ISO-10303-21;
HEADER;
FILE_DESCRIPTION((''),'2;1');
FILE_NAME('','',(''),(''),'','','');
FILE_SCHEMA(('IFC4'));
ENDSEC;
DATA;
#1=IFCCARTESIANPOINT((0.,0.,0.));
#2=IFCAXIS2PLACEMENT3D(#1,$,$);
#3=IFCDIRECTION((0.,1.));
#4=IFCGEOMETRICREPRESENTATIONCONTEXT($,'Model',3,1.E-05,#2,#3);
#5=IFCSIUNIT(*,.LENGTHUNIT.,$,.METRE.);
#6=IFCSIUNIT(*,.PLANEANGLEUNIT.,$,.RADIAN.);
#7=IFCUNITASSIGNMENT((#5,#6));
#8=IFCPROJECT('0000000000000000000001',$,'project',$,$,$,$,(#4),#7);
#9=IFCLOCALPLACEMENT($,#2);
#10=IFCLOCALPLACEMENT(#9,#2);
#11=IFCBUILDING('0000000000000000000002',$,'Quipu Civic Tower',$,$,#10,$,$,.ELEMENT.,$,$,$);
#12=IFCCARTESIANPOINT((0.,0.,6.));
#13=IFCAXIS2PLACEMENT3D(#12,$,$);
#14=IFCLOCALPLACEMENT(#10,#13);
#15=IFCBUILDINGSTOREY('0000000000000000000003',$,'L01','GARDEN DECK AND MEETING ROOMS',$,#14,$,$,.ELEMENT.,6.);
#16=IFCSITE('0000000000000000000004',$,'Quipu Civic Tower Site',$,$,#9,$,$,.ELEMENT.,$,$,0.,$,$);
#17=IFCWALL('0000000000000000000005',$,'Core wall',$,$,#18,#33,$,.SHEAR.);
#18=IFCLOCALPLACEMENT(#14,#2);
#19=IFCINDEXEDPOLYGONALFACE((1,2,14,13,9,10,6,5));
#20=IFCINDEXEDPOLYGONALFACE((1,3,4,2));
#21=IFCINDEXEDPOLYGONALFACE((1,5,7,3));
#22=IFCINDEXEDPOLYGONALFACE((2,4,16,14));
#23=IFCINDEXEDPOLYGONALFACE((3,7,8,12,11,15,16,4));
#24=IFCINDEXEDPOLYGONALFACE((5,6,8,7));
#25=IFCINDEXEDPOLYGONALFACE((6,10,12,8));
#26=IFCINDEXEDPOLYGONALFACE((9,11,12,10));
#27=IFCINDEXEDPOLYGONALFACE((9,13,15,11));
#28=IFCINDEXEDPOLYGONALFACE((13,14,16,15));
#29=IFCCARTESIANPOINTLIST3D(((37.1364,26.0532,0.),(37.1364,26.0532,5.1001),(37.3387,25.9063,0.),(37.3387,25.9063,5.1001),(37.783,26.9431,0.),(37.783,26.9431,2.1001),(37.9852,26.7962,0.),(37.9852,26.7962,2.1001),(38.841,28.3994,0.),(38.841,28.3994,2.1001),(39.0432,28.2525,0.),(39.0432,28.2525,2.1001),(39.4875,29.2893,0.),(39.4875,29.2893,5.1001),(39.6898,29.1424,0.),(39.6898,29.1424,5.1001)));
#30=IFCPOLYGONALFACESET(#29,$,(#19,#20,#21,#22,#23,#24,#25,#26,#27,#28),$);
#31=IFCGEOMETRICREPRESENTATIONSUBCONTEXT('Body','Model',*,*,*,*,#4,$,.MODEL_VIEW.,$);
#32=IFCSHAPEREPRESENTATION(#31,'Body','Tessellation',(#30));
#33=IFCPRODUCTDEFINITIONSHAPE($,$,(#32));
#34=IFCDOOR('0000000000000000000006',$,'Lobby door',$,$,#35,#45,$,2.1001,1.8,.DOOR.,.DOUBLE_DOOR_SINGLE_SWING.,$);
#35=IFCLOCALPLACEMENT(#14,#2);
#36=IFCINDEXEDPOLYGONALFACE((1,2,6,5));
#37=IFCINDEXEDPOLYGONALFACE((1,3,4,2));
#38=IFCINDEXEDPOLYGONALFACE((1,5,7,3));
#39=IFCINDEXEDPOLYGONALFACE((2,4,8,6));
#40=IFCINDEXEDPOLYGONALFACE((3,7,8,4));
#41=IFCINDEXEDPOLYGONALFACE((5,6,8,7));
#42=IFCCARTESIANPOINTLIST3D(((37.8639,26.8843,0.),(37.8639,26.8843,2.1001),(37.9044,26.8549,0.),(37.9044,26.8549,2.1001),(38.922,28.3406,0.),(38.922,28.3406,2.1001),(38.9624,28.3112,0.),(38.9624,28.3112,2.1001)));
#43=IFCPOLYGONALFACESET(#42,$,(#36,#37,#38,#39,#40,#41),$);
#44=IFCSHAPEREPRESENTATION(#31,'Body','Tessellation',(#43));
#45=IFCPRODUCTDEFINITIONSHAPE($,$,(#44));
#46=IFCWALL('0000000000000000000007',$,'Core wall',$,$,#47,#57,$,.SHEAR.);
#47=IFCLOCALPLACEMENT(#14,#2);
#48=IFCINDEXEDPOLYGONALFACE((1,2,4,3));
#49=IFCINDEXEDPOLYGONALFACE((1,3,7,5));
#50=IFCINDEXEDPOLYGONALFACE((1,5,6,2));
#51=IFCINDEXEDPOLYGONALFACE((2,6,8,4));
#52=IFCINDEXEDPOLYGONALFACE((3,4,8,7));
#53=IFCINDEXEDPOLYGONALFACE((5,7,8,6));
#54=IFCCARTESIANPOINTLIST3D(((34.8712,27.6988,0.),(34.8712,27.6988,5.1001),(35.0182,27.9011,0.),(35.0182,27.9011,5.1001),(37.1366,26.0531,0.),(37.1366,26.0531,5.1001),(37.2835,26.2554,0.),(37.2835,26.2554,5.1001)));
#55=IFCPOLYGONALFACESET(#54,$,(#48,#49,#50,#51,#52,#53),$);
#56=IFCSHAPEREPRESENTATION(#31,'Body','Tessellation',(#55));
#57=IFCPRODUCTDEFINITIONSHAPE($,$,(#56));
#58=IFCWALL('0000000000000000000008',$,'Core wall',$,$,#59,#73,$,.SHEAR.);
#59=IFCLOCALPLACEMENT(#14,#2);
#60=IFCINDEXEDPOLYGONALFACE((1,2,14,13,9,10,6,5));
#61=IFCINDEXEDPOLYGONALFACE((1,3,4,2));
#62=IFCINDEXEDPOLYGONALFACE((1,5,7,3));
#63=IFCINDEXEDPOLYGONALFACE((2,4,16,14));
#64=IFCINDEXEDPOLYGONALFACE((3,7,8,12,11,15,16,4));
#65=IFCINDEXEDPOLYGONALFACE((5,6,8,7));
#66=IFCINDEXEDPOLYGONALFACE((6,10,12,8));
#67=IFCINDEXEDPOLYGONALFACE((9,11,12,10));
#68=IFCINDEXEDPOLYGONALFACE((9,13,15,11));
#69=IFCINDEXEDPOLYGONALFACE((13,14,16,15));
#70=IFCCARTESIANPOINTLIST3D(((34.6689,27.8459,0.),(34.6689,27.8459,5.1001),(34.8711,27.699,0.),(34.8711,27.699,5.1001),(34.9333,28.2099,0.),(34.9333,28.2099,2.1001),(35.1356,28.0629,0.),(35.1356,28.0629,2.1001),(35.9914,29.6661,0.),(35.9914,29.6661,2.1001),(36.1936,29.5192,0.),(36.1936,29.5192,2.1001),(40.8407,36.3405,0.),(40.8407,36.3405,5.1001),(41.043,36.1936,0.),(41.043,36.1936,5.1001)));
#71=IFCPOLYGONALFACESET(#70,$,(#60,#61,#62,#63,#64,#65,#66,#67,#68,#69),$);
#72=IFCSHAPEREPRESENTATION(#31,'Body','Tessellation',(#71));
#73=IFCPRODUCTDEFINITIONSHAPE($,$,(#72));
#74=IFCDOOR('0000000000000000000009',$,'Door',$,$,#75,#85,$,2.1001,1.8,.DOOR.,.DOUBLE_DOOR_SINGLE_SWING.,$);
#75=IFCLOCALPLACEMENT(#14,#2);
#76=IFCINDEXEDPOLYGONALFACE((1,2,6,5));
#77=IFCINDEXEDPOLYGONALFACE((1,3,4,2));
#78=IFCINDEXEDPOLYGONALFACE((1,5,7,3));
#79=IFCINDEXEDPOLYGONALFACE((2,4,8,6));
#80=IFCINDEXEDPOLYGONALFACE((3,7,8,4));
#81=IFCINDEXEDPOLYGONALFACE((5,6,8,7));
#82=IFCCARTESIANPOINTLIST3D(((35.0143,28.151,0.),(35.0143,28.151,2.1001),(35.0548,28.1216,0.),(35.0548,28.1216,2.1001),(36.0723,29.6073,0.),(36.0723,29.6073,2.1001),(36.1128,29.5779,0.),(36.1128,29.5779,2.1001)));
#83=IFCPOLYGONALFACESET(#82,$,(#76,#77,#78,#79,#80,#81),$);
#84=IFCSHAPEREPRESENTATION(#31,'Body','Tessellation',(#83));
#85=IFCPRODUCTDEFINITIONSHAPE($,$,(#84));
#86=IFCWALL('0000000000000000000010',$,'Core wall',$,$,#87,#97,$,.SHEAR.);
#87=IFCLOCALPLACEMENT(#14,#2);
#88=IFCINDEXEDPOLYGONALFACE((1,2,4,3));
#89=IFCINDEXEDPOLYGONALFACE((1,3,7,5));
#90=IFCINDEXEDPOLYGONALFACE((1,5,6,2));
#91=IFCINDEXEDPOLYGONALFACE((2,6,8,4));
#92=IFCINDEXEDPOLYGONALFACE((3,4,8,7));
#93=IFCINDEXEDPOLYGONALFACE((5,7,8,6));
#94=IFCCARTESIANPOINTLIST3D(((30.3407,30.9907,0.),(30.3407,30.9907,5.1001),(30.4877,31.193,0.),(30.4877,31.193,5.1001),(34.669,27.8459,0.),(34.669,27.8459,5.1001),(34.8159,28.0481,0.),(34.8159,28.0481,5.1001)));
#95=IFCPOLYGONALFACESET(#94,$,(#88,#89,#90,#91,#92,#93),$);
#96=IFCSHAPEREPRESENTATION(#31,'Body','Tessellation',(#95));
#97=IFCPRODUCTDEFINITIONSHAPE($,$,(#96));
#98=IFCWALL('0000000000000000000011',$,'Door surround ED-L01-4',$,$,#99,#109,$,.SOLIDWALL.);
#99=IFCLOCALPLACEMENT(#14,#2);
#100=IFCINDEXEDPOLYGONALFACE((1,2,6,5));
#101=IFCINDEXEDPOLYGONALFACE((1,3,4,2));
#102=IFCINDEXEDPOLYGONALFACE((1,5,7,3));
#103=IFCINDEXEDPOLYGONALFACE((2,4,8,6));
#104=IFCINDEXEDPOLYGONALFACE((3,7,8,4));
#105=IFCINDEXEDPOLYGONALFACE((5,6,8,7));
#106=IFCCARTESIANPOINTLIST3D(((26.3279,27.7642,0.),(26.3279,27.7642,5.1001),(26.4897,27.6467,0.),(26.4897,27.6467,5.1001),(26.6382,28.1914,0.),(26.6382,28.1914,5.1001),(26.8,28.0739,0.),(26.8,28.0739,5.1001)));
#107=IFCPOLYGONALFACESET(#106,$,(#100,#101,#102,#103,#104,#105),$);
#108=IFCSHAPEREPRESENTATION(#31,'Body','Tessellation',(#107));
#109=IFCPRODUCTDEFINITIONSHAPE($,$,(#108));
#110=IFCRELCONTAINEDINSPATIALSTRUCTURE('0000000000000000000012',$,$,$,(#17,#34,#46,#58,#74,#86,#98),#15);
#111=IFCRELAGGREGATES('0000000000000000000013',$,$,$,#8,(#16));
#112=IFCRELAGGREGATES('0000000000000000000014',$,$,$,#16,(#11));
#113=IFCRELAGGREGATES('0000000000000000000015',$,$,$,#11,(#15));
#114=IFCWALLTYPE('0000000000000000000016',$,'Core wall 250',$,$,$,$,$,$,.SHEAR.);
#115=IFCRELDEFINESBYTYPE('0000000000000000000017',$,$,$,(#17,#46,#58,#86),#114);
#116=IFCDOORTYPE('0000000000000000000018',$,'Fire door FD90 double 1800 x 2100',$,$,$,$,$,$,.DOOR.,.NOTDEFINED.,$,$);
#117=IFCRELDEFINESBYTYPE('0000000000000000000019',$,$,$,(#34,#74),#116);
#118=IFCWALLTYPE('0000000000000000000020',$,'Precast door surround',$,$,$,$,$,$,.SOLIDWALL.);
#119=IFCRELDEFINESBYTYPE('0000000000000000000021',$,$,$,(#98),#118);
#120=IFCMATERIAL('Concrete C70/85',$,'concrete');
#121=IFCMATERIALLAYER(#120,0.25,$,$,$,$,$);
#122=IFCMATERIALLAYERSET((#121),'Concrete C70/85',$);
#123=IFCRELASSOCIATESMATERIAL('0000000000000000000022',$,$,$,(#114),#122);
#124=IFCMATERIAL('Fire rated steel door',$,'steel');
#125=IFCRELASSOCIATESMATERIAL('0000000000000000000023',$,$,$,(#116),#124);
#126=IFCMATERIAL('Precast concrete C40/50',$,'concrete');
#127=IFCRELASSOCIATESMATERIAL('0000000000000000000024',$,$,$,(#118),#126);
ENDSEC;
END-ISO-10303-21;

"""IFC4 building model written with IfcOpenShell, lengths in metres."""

from ifc_helpers import new_model, si_unit, direction, frame, frame_2d, origin, place, context, subcontext, project, spatial, rectangle, extrude, material, layer, layer_set, type_object, element, fill, save


model = new_model("IFC4")

# Units and contexts
model_context = context("Model", 3, precision=1e-05, world=origin(), true_north=direction((0.0, 1.0)))
body_context = subcontext(model_context, "Body", "Model", "MODEL_VIEW")
ifc_project = project(units=[si_unit("LENGTHUNIT", "METRE"), si_unit("PLANEANGLEUNIT", "RADIAN")], contexts=[model_context])

# Site, building, storey
site_placement = place(None, origin())
site = spatial("IfcSite", under=ifc_project, at=site_placement, Name="Quipu Civic Tower Site", CompositionType="ELEMENT", RefElevation=0.0)
building_placement = place(site_placement, origin())
building = spatial("IfcBuilding", under=site, at=building_placement, Name="Quipu Civic Tower", CompositionType="ELEMENT")
storey_placement = place(building_placement, frame((0.0, 0.0, 6.0)))
storey = spatial("IfcBuildingStorey", under=building, at=storey_placement, Name="L01", Description="GARDEN DECK AND MEETING ROOMS", CompositionType="ELEMENT", Elevation=6.0)

# Wall, opening, door
ifc_material_1 = material(Name="Concrete C70/85", Category="concrete")
ifc_layer_1 = layer(ifc_material_1, 0.25)
ifc_layer_set_1 = layer_set([ifc_layer_1], Name="Concrete C70/85")
wall_type_1 = type_object("IfcWallType", Name="Core wall 250", PredefinedType="SHEAR", material=ifc_layer_set_1)
wall_1_placement = place(storey_placement, frame((37.2375, 25.9797, 0.0), z_axis=(0.0, 0.0, 1.0), x_axis=(0.587772, 0.809026, 0.0)))
wall_1 = element("IfcWall", 1, at=wall_1_placement, inside=storey, type_object=wall_type_1, Name="Core wall", PredefinedType="SHEAR", context=body_context, shape_type="SweptSolid", body=[
    extrude(rectangle(XDim=4.0, YDim=0.25, at=frame_2d((2.0, 0.0))), origin(), (0.0, 0.0, 1.0), 5.1001),
])
opening_1_placement = place(wall_1_placement, frame((1.1001, 0.0, 0.0)))
opening_1 = element("IfcOpeningElement", 2, at=opening_1_placement, cuts=wall_1, PredefinedType="OPENING", context=body_context, shape_type="SweptSolid", body=[
    extrude(rectangle(XDim=1.8, YDim=2.1001, at=frame_2d((0.8999, 1.05))), frame((0.0, 0.135, 0.0), z_axis=(0.0, -1.0, 0.0), x_axis=(1.0, 0.0, 0.0)), (0.0, 0.0, 1.0), 0.27),
])
ifc_material_2 = material(Name="Fire rated steel door", Category="steel")
door_type_1 = type_object("IfcDoorType", Name="Fire door FD90 double 1800 x 2100", OperationType="NOTDEFINED", PredefinedType="DOOR", material=ifc_material_2)
door_1_placement = place(opening_1_placement, origin())
door_1 = element("IfcDoor", 3, at=door_1_placement, inside=storey, type_object=door_type_1, Name="Lobby door", OperationType="DOUBLE_DOOR_SINGLE_SWING", OverallHeight=2.1001, OverallWidth=1.8, PredefinedType="DOOR", context=body_context, shape_type="SweptSolid", body=[
    extrude(rectangle(XDim=1.8, YDim=2.1001, at=frame_2d((0.8999, 1.05))), frame((0.0, 0.0249, 0.0), z_axis=(0.0, -1.0, 0.0), x_axis=(1.0, 0.0, 0.0)), (0.0, 0.0, 1.0), 0.05),
])
fill(opening_1, door_1)

# Wall
wall_2_placement = place(storey_placement, frame((37.21, 26.1543, 0.0), z_axis=(0.0, 0.0, 1.0), x_axis=(-0.809041, 0.587752, 0.0)))
element("IfcWall", 4, at=wall_2_placement, inside=storey, type_object=wall_type_1, Name="Core wall", PredefinedType="SHEAR", context=body_context, shape_type="SweptSolid", body=[
    extrude(rectangle(XDim=2.8, YDim=0.25, at=frame_2d((1.3999, 0.0))), origin(), (0.0, 0.0, 1.0), 5.1001),
])

# Wall, opening, door
wall_3_placement = place(storey_placement, frame((34.77, 27.7725, 0.0), z_axis=(0.0, 0.0, 1.0), x_axis=(0.587796, 0.809009, 0.0)))
wall_3 = element("IfcWall", 5, at=wall_3_placement, inside=storey, type_object=wall_type_1, Name="Core wall", PredefinedType="SHEAR", context=body_context, shape_type="SweptSolid", body=[
    extrude(rectangle(XDim=10.5, YDim=0.25, at=frame_2d((5.25, 0.0))), origin(), (0.0, 0.0, 1.0), 5.1001),
])
opening_2_placement = place(wall_3_placement, frame((0.45, 0.0, 0.0)))
opening_2 = element("IfcOpeningElement", 6, at=opening_2_placement, cuts=wall_3, PredefinedType="OPENING", context=body_context, shape_type="SweptSolid", body=[
    extrude(rectangle(XDim=1.8, YDim=2.1001, at=frame_2d((0.8999, 1.05))), frame((0.0, 0.135, 0.0), z_axis=(0.0, -1.0, 0.0), x_axis=(1.0, 0.0, 0.0)), (0.0, 0.0, 1.0), 0.27),
])
door_2_placement = place(opening_2_placement, origin())
door_2 = element("IfcDoor", 7, at=door_2_placement, inside=storey, type_object=door_type_1, Name="Door", OperationType="DOUBLE_DOOR_SINGLE_SWING", OverallHeight=2.1001, OverallWidth=1.8, PredefinedType="DOOR", context=body_context, shape_type="SweptSolid", body=[
    extrude(rectangle(XDim=1.8, YDim=2.1001, at=frame_2d((0.8999, 1.05))), frame((0.0, 0.0249, 0.0), z_axis=(0.0, -1.0, 0.0), x_axis=(1.0, 0.0, 0.0)), (0.0, 0.0, 1.0), 0.05),
])
fill(opening_2, door_2)

# Wall
wall_4_placement = place(storey_placement, frame((34.7424, 27.947, 0.0), z_axis=(0.0, 0.0, 1.0), x_axis=(-0.808998, 0.587811, 0.0)))
element("IfcWall", 8, at=wall_4_placement, inside=storey, type_object=wall_type_1, Name="Core wall", PredefinedType="SHEAR", context=body_context, shape_type="SweptSolid", body=[
    extrude(rectangle(XDim=5.3501, YDim=0.25, at=frame_2d((2.675, 0.0))), origin(), (0.0, 0.0, 1.0), 5.1001),
])

# Shared definitions
ifc_material_3 = material(Name="Precast concrete C40/50", Category="concrete")
wall_type_2 = type_object("IfcWallType", Name="Precast door surround", PredefinedType="SOLIDWALL", material=ifc_material_3)

# Wall
wall_5_placement = place(storey_placement, frame((26.4087, 27.7053, 0.0), z_axis=(0.0, 0.0, 1.0), x_axis=(0.587649, 0.809116, 0.0)))
element("IfcWall", 9, at=wall_5_placement, inside=storey, type_object=wall_type_2, Name="Door surround ED-L01-4", PredefinedType="SOLIDWALL", context=body_context, shape_type="SweptSolid", body=[
    extrude(rectangle(XDim=0.5281, YDim=0.2, at=frame_2d((0.2642, 0.0))), origin(), (0.0, 0.0, 1.0), 5.1001),
])

save(model, "model.ifc")
